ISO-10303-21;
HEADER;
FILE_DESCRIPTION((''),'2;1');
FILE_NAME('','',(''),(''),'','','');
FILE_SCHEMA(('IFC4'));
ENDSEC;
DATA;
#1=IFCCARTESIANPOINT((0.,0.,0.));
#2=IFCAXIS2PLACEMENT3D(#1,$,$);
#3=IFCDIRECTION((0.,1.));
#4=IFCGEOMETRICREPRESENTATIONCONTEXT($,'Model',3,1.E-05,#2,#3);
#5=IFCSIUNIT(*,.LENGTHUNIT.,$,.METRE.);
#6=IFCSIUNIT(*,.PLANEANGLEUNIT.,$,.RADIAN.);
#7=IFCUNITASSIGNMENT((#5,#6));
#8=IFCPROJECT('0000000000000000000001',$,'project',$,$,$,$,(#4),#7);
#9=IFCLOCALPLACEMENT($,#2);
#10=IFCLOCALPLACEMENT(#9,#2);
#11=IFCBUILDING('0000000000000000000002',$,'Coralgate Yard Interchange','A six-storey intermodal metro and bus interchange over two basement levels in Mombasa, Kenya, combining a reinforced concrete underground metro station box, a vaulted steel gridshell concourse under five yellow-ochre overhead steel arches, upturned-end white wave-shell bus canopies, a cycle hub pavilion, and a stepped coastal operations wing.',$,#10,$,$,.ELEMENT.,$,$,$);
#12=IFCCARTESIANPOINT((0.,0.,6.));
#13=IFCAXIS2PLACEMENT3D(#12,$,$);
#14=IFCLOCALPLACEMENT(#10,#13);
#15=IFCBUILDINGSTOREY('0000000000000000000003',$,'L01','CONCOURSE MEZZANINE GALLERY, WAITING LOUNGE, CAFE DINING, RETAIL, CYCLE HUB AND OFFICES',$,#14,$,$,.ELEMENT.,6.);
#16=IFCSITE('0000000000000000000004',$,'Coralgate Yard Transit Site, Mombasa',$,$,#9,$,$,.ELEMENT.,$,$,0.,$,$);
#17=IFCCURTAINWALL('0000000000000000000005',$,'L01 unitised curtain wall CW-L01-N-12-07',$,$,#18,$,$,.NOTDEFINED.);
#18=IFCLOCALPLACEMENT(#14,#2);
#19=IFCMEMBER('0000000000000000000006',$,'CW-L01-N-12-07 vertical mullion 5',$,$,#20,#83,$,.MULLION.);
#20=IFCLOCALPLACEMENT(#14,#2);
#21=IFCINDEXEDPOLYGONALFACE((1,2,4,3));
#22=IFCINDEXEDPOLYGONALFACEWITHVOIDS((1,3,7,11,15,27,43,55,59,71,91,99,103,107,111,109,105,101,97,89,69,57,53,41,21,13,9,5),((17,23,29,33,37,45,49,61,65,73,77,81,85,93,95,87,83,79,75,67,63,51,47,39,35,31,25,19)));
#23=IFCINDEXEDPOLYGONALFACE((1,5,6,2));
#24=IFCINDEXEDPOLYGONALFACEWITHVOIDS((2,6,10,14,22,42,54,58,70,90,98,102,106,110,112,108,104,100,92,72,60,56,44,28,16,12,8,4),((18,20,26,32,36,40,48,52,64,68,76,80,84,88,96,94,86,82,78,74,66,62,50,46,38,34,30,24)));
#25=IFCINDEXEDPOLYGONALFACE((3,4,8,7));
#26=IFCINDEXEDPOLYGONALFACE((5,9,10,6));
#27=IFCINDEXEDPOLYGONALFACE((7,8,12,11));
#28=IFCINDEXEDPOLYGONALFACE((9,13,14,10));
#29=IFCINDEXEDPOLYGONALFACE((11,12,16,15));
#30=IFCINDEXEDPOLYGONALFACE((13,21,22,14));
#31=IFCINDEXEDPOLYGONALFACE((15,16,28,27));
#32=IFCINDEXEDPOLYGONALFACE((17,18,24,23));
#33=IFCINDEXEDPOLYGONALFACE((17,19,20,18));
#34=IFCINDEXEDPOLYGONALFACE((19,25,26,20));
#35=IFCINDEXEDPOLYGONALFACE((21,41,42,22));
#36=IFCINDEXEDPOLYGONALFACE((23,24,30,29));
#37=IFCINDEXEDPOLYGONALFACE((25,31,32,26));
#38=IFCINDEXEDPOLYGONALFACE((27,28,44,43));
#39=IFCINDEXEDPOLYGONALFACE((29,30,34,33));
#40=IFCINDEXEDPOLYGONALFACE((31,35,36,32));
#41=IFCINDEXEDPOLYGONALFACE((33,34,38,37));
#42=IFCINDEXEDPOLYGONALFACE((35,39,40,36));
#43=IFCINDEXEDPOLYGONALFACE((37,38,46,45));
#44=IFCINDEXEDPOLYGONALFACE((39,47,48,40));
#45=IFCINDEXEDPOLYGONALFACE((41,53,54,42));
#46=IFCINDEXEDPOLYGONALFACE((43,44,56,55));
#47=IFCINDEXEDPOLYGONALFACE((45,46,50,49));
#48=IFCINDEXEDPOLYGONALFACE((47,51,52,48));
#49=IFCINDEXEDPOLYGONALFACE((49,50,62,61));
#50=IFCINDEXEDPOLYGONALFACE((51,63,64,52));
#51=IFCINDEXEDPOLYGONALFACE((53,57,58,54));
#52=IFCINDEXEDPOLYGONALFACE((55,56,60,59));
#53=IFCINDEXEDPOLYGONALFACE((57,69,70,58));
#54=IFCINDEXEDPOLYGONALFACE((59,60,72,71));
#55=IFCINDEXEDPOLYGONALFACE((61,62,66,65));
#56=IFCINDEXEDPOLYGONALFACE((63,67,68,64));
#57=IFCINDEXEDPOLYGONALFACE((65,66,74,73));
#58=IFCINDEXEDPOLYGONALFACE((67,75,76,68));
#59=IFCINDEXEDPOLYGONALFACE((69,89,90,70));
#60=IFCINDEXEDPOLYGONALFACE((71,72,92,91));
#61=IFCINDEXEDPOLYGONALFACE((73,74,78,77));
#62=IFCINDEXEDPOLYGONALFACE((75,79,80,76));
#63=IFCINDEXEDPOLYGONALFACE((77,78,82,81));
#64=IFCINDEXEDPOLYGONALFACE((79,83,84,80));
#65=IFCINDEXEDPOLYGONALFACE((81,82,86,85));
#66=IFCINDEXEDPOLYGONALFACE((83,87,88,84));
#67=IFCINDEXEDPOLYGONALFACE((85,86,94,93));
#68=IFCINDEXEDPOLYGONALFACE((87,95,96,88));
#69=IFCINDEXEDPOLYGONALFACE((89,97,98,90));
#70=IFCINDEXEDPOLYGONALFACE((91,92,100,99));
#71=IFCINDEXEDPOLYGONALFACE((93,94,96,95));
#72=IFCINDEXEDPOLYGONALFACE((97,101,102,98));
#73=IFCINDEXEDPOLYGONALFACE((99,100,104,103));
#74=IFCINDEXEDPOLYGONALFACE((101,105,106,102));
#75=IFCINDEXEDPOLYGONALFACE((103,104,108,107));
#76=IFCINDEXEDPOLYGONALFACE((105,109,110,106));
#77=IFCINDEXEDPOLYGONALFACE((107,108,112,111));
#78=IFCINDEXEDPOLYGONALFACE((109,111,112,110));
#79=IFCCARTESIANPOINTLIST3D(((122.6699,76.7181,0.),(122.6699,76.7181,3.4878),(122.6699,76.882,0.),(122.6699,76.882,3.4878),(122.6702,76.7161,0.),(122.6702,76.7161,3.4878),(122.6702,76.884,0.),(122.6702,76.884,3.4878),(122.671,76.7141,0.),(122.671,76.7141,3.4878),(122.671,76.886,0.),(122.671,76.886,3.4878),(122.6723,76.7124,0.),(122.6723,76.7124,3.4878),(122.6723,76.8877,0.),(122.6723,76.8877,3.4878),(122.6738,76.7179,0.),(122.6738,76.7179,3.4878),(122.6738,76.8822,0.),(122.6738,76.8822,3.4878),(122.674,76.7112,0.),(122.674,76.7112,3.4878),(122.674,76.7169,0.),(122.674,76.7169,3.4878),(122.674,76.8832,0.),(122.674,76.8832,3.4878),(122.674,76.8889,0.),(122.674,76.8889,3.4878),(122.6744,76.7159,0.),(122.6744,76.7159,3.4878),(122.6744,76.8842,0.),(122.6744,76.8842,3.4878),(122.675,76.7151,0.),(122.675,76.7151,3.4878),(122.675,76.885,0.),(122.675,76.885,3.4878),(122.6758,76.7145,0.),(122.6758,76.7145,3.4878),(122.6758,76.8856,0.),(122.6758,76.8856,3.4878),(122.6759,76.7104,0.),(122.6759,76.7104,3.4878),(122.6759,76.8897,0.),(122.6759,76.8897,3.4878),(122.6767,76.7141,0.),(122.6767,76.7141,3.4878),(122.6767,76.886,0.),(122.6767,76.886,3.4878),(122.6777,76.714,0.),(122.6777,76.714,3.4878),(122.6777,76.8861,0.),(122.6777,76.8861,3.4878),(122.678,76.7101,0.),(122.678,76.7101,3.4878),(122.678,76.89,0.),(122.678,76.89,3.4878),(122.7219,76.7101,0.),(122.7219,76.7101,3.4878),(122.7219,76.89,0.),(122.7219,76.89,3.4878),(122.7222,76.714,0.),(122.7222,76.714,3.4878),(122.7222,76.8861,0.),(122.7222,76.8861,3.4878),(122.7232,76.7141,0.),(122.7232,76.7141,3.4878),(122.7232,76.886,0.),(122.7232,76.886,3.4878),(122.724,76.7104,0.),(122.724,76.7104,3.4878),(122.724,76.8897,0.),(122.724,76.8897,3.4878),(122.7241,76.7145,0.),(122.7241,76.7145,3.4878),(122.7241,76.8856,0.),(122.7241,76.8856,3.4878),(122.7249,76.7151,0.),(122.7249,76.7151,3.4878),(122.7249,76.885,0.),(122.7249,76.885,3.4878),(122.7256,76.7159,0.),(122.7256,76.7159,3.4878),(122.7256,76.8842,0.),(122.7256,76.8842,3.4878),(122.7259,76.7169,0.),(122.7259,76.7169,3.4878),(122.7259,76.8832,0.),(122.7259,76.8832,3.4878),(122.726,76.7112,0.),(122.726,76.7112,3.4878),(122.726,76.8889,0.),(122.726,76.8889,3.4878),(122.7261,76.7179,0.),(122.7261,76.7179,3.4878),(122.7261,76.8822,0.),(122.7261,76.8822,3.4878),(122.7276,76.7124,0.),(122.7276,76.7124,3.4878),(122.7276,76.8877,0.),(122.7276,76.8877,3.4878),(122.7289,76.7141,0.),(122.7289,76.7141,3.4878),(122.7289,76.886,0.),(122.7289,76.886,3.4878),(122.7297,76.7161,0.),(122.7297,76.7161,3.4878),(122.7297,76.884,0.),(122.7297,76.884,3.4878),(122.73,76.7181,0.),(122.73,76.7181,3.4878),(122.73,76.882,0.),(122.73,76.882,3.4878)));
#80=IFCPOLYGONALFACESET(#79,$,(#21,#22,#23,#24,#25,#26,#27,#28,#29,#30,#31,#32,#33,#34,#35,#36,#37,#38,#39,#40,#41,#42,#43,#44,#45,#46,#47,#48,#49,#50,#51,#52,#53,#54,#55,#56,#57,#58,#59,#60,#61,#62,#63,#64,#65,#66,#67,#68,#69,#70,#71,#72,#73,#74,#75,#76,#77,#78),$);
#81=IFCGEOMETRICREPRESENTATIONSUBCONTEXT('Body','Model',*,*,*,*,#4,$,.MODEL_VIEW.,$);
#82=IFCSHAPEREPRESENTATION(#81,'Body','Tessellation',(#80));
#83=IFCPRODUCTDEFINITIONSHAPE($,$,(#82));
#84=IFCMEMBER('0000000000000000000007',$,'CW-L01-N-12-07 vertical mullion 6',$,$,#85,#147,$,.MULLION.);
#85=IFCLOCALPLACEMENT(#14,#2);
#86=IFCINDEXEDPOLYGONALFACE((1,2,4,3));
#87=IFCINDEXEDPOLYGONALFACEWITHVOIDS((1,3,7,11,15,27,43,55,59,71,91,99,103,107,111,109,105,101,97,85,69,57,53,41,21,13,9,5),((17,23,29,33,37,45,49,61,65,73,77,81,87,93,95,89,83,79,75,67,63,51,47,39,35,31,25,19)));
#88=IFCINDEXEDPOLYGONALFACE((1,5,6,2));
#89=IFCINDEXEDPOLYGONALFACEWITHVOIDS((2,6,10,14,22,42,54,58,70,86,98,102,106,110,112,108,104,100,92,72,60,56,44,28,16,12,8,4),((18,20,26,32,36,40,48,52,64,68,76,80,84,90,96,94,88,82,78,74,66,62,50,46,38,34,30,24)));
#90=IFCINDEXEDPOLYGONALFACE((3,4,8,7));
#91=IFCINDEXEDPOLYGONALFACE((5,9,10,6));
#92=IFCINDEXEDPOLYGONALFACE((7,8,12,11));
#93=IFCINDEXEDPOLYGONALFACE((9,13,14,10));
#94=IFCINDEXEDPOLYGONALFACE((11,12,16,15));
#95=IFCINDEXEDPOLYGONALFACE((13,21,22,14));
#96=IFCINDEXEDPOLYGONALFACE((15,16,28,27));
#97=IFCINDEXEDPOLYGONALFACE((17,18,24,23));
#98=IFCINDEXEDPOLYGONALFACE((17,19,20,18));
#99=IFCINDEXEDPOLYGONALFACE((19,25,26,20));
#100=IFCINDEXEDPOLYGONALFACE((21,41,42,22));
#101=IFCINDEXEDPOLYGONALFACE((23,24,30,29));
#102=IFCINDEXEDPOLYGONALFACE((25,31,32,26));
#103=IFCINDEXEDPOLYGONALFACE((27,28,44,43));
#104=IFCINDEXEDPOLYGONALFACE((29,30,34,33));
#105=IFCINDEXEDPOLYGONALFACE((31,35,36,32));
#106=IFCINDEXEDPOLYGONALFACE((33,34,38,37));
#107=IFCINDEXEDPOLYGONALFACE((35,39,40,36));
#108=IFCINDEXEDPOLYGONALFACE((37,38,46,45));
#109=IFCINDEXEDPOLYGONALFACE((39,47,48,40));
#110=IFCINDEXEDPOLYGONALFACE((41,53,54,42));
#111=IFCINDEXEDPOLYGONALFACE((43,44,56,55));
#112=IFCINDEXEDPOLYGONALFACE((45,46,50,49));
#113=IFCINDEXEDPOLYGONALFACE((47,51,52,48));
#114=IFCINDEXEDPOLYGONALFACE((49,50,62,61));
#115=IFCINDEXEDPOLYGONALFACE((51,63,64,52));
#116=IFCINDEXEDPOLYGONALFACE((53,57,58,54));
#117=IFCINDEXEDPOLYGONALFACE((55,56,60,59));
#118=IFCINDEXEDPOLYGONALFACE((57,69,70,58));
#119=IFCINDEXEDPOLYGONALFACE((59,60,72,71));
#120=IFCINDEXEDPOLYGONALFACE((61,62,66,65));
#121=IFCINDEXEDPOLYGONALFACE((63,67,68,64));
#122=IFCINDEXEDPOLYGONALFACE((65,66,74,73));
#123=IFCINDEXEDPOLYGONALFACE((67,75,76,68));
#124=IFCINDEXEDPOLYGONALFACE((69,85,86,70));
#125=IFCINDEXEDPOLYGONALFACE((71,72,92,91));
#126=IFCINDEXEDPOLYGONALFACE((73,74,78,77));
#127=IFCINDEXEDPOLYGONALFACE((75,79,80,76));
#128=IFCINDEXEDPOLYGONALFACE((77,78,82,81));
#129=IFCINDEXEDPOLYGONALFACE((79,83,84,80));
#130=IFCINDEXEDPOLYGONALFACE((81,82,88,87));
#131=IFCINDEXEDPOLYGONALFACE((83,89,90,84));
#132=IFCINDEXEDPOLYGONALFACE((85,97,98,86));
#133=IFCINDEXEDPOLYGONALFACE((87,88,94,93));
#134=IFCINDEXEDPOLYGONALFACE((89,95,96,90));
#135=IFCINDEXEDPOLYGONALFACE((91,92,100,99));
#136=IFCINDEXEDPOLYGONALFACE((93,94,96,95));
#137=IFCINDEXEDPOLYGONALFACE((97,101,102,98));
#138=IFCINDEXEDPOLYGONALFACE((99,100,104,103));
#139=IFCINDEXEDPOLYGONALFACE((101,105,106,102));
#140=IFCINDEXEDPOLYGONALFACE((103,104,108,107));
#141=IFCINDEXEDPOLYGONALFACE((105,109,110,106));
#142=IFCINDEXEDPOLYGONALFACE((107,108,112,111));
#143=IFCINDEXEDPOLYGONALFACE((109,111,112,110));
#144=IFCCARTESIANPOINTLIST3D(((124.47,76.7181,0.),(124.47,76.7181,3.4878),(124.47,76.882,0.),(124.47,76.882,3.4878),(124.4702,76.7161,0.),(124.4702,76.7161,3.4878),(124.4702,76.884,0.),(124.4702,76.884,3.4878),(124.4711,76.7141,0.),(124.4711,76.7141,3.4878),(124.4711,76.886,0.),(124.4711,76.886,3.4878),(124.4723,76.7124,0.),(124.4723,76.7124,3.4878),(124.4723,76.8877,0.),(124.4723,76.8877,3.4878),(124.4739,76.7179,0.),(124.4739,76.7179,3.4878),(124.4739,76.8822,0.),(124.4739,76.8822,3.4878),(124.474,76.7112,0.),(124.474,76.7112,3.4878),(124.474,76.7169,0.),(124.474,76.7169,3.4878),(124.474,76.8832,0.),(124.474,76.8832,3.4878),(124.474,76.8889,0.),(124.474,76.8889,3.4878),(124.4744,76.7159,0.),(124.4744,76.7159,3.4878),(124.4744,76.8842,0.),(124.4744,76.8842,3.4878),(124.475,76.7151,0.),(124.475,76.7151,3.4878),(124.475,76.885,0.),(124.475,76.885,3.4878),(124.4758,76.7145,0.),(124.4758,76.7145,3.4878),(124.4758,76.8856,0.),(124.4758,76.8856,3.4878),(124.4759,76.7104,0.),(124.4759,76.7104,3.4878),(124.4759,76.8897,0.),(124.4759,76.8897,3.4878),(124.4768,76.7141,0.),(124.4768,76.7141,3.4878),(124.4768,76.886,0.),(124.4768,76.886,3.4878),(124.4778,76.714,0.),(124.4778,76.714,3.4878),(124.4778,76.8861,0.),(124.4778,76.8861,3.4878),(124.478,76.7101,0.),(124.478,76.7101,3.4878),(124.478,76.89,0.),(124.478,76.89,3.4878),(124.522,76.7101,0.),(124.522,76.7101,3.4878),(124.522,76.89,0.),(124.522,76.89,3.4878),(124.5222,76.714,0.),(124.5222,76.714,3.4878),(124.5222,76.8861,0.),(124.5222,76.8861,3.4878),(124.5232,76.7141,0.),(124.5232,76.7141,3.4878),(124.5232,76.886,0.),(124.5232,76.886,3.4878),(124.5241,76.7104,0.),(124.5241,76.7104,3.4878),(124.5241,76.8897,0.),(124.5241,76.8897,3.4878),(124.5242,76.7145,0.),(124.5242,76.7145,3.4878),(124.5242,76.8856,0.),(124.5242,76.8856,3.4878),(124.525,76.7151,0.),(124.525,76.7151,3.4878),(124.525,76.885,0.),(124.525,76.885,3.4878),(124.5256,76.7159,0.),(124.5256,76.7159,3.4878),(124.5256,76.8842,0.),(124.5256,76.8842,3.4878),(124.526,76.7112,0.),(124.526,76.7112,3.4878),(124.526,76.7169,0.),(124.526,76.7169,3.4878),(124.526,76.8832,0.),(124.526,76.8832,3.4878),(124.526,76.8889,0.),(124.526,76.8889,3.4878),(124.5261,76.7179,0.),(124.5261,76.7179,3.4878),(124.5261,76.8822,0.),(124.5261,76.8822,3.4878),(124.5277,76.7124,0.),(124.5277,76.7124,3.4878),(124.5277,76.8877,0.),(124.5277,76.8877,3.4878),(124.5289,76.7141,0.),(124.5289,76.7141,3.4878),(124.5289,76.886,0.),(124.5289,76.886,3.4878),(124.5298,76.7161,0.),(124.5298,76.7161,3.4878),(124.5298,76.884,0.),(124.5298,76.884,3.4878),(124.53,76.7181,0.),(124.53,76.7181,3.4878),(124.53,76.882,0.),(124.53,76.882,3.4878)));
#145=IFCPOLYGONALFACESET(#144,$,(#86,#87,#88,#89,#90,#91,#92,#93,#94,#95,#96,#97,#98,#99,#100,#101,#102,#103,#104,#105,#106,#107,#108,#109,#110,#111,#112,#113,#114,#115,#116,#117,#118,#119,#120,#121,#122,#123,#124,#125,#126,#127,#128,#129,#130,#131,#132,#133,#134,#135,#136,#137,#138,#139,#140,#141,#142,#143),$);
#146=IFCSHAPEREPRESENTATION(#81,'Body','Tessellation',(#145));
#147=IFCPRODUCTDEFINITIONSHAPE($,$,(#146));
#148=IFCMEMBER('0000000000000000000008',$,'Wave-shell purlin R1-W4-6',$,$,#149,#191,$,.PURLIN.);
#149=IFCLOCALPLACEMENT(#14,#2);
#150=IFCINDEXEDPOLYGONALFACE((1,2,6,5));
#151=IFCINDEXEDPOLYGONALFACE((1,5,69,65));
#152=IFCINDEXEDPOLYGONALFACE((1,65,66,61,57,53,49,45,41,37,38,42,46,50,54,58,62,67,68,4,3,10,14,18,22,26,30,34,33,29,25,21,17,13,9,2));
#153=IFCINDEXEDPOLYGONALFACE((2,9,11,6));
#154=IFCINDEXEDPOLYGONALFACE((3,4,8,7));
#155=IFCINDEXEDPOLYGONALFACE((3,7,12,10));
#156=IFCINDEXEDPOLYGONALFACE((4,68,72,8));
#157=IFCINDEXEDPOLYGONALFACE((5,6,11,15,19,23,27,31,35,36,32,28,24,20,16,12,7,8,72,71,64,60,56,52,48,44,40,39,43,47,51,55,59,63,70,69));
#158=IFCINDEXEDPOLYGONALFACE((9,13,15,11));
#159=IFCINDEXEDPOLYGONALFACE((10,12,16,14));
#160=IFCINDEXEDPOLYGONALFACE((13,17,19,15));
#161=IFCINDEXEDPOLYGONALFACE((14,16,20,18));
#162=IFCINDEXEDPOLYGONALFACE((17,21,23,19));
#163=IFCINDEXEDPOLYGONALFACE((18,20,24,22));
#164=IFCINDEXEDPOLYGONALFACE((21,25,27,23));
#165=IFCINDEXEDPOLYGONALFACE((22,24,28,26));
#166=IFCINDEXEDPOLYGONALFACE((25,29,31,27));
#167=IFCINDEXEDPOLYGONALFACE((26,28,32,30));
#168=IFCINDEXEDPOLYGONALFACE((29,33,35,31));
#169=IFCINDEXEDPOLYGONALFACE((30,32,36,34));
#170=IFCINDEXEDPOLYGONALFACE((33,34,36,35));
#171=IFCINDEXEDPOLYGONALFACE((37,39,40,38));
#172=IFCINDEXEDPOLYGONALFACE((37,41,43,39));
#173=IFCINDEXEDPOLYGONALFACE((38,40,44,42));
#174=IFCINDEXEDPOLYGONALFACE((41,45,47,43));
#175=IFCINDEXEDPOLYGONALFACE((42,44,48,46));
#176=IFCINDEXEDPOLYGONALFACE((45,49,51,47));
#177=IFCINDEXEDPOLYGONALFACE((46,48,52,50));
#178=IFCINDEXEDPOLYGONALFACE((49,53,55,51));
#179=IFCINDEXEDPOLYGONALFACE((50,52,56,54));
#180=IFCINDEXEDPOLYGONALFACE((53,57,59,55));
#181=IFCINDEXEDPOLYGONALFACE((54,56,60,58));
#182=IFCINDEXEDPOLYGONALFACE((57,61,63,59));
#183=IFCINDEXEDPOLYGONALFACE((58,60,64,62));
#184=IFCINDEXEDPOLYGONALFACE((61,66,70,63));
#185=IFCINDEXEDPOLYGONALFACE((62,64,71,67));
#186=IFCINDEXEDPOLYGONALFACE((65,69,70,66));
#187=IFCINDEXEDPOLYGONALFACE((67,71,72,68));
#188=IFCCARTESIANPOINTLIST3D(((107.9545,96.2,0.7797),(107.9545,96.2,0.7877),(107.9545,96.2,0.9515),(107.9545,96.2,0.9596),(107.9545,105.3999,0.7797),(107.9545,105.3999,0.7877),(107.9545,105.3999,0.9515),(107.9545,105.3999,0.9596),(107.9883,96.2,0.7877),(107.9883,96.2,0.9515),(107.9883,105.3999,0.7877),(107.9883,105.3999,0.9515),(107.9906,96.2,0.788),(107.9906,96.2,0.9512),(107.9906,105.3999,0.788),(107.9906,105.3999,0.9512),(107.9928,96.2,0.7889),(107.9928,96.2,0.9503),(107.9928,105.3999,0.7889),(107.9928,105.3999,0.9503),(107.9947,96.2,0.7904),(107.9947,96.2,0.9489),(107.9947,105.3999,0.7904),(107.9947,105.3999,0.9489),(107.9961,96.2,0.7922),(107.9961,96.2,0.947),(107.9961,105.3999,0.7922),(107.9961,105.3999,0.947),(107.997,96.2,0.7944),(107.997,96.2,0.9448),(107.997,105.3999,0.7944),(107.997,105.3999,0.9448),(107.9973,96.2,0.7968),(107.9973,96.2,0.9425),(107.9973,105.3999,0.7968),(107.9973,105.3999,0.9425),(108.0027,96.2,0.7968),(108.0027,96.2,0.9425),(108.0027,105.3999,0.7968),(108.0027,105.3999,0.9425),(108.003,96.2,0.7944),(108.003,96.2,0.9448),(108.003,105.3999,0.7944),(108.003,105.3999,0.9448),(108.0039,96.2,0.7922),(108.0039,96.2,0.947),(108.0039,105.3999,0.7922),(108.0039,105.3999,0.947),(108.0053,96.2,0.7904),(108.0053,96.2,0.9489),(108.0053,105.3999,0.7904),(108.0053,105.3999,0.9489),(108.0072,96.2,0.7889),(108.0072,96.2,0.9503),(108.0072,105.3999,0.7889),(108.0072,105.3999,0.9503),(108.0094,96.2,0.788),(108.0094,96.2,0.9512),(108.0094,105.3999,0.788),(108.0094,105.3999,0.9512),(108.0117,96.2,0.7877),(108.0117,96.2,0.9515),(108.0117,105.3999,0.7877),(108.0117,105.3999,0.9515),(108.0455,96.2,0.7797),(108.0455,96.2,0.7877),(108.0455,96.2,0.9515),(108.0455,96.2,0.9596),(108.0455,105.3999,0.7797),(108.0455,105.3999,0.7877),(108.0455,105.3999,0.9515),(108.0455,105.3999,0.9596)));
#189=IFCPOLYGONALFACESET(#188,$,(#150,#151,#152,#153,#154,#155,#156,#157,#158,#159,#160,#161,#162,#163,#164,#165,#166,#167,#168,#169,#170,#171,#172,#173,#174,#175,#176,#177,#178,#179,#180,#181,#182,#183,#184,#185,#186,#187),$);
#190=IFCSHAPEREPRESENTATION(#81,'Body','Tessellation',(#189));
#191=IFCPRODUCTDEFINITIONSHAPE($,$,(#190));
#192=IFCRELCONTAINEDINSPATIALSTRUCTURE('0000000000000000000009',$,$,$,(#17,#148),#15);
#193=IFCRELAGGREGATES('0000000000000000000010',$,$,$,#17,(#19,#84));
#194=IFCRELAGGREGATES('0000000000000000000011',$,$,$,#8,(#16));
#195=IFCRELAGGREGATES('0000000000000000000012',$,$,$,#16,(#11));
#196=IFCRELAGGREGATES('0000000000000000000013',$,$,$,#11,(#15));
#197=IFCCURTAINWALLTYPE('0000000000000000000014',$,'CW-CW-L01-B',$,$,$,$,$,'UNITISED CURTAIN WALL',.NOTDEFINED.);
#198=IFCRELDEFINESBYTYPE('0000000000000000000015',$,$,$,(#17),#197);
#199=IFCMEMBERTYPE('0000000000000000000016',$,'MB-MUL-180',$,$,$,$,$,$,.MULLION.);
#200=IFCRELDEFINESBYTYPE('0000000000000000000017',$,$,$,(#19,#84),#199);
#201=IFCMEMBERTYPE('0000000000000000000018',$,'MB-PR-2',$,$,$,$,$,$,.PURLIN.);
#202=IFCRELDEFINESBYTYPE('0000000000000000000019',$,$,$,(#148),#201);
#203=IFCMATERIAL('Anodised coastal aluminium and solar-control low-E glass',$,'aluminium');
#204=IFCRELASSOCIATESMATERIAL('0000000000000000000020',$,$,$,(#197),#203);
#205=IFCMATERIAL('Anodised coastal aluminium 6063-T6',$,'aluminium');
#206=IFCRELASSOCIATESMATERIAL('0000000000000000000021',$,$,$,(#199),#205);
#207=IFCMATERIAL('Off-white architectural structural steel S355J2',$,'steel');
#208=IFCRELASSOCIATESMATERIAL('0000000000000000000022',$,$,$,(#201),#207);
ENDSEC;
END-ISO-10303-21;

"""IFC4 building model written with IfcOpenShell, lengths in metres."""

from ifc_helpers import new_model, si_unit, direction, frame, origin, origin_2d, place, context, subcontext, project, spatial, hollow_rectangle, i_section, extrude, material, material_profile, profile_set, type_object, element, aggregate, save


model = new_model("IFC4")

# Units and contexts
model_context = context("Model", 3, precision=1e-05, world=origin(), true_north=direction((0.0, 1.0)))
body_context = subcontext(model_context, "Body", "Model", "MODEL_VIEW")
ifc_project = project(units=[si_unit("LENGTHUNIT", "METRE"), si_unit("PLANEANGLEUNIT", "RADIAN")], contexts=[model_context])

# Site, building, storey
site_placement = place(None, origin())
site = spatial("IfcSite", under=ifc_project, at=site_placement, Name="Coralgate Yard Transit Site, Mombasa", CompositionType="ELEMENT", RefElevation=0.0)
building_placement = place(site_placement, origin())
building = spatial("IfcBuilding", under=site, at=building_placement, Name="Coralgate Yard Interchange", Description="A six-storey intermodal metro and bus interchange over two basement levels in Mombasa, Kenya, combining a reinforced concrete underground metro station box, a vaulted steel gridshell concourse under five yellow-ochre overhead steel arches, upturned-end white wave-shell bus canopies, a cycle hub pavilion, and a stepped coastal operations wing.", CompositionType="ELEMENT")
storey_placement = place(building_placement, frame((0.0, 0.0, 6.0)))
storey = spatial("IfcBuildingStorey", under=building, at=storey_placement, Name="L01", Description="CONCOURSE MEZZANINE GALLERY, WAITING LOUNGE, CAFE DINING, RETAIL, CYCLE HUB AND OFFICES", CompositionType="ELEMENT", Elevation=6.0)

# Shared definitions
ifc_material_1 = material(Name="Off-white architectural structural steel S355J2", Category="steel")

# Curtain wall, members
ifc_material_2 = material(Name="Anodised coastal aluminium and solar-control low-E glass", Category="aluminium")
curtain_wall_type = type_object("IfcCurtainWallType", Name="CW-CW-L01-B", ElementType="UNITISED CURTAIN WALL", PredefinedType="NOTDEFINED", material=ifc_material_2)
curtain_wall_placement = place(storey_placement, origin())
curtain_wall = element("IfcCurtainWall", 1, at=curtain_wall_placement, inside=storey, type_object=curtain_wall_type, Name="L01 unitised curtain wall CW-L01-N-12-07", PredefinedType="NOTDEFINED")
ifc_material_3 = material(Name="Anodised coastal aluminium 6063-T6", Category="aluminium")
ifc_material_profile_1 = material_profile(ifc_material_3, hollow_rectangle(XDim=0.0601, YDim=0.1799, WallThickness=0.0039, InnerFilletRadius=0.0039, OuterFilletRadius=0.0081, at=origin_2d()), Name="ALU 60x180x4")
ifc_profile_set_1 = profile_set([ifc_material_profile_1], Name="Anodised coastal aluminium 6063-T6")
member_type_1 = type_object("IfcMemberType", Name="MB-MUL-180", PredefinedType="MULLION", material=ifc_profile_set_1)
member_1_placement = place(storey_placement, frame((122.7, 76.8, 0.0), z_axis=(0.0, 0.0, 1.0), x_axis=(1.0, 0.0, 0.0)))
member_1 = element("IfcMember", 2, at=member_1_placement, type_object=member_type_1, Name="CW-L01-N-12-07 vertical mullion 5", PredefinedType="MULLION", context=body_context, shape_type="SweptSolid", body=[
    extrude(hollow_rectangle(XDim=0.0601, YDim=0.1799, WallThickness=0.0039, InnerFilletRadius=0.0039, OuterFilletRadius=0.0081, at=origin_2d()), origin(), (0.0, 0.0, 1.0), 3.4878),
])
member_2_placement = place(storey_placement, frame((124.5, 76.8, 0.0), z_axis=(0.0, 0.0, 1.0), x_axis=(1.0, 0.0, 0.0)))
member_2 = element("IfcMember", 3, at=member_2_placement, type_object=member_type_1, Name="CW-L01-N-12-07 vertical mullion 6", PredefinedType="MULLION", context=body_context, shape_type="SweptSolid", body=[
    extrude(hollow_rectangle(XDim=0.0601, YDim=0.1799, WallThickness=0.0039, InnerFilletRadius=0.0039, OuterFilletRadius=0.0081, at=origin_2d()), origin(), (0.0, 0.0, 1.0), 3.4878),
])

# Member
ifc_material_profile_2 = material_profile(ifc_material_1, i_section(OverallWidth=0.0911, OverallDepth=0.1799, WebThickness=0.0054, FlangeThickness=0.0081, FilletRadius=0.009, at=origin_2d()), Name="IPE 180")
ifc_profile_set_2 = profile_set([ifc_material_profile_2], Name="Off-white architectural structural steel S355J2")
member_type_2 = type_object("IfcMemberType", Name="MB-PR-2", PredefinedType="PURLIN", material=ifc_profile_set_2)
for number, where, z_axis, x_axis, name in (
    (4, (108.0, 96.2, 0.8696), (0.0, 1.0, 0.0), (-1.0, 0.0, 0.0), "Wave-shell purlin R1-W4-6"),
):
    element("IfcMember", number, at=place(storey_placement, frame(where, z_axis=z_axis, x_axis=x_axis)), inside=storey, type_object=member_type_2, Name=name, PredefinedType="PURLIN", context=body_context, shape_type="SweptSolid", body=[
        extrude(i_section(OverallWidth=0.0911, OverallDepth=0.1799, WebThickness=0.0054, FlangeThickness=0.0081, FilletRadius=0.009, at=origin_2d()), origin(), (0.0, 0.0, 1.0), 9.2),
    ])

aggregate(curtain_wall, [member_1, member_2])

save(model, "model.ifc")
